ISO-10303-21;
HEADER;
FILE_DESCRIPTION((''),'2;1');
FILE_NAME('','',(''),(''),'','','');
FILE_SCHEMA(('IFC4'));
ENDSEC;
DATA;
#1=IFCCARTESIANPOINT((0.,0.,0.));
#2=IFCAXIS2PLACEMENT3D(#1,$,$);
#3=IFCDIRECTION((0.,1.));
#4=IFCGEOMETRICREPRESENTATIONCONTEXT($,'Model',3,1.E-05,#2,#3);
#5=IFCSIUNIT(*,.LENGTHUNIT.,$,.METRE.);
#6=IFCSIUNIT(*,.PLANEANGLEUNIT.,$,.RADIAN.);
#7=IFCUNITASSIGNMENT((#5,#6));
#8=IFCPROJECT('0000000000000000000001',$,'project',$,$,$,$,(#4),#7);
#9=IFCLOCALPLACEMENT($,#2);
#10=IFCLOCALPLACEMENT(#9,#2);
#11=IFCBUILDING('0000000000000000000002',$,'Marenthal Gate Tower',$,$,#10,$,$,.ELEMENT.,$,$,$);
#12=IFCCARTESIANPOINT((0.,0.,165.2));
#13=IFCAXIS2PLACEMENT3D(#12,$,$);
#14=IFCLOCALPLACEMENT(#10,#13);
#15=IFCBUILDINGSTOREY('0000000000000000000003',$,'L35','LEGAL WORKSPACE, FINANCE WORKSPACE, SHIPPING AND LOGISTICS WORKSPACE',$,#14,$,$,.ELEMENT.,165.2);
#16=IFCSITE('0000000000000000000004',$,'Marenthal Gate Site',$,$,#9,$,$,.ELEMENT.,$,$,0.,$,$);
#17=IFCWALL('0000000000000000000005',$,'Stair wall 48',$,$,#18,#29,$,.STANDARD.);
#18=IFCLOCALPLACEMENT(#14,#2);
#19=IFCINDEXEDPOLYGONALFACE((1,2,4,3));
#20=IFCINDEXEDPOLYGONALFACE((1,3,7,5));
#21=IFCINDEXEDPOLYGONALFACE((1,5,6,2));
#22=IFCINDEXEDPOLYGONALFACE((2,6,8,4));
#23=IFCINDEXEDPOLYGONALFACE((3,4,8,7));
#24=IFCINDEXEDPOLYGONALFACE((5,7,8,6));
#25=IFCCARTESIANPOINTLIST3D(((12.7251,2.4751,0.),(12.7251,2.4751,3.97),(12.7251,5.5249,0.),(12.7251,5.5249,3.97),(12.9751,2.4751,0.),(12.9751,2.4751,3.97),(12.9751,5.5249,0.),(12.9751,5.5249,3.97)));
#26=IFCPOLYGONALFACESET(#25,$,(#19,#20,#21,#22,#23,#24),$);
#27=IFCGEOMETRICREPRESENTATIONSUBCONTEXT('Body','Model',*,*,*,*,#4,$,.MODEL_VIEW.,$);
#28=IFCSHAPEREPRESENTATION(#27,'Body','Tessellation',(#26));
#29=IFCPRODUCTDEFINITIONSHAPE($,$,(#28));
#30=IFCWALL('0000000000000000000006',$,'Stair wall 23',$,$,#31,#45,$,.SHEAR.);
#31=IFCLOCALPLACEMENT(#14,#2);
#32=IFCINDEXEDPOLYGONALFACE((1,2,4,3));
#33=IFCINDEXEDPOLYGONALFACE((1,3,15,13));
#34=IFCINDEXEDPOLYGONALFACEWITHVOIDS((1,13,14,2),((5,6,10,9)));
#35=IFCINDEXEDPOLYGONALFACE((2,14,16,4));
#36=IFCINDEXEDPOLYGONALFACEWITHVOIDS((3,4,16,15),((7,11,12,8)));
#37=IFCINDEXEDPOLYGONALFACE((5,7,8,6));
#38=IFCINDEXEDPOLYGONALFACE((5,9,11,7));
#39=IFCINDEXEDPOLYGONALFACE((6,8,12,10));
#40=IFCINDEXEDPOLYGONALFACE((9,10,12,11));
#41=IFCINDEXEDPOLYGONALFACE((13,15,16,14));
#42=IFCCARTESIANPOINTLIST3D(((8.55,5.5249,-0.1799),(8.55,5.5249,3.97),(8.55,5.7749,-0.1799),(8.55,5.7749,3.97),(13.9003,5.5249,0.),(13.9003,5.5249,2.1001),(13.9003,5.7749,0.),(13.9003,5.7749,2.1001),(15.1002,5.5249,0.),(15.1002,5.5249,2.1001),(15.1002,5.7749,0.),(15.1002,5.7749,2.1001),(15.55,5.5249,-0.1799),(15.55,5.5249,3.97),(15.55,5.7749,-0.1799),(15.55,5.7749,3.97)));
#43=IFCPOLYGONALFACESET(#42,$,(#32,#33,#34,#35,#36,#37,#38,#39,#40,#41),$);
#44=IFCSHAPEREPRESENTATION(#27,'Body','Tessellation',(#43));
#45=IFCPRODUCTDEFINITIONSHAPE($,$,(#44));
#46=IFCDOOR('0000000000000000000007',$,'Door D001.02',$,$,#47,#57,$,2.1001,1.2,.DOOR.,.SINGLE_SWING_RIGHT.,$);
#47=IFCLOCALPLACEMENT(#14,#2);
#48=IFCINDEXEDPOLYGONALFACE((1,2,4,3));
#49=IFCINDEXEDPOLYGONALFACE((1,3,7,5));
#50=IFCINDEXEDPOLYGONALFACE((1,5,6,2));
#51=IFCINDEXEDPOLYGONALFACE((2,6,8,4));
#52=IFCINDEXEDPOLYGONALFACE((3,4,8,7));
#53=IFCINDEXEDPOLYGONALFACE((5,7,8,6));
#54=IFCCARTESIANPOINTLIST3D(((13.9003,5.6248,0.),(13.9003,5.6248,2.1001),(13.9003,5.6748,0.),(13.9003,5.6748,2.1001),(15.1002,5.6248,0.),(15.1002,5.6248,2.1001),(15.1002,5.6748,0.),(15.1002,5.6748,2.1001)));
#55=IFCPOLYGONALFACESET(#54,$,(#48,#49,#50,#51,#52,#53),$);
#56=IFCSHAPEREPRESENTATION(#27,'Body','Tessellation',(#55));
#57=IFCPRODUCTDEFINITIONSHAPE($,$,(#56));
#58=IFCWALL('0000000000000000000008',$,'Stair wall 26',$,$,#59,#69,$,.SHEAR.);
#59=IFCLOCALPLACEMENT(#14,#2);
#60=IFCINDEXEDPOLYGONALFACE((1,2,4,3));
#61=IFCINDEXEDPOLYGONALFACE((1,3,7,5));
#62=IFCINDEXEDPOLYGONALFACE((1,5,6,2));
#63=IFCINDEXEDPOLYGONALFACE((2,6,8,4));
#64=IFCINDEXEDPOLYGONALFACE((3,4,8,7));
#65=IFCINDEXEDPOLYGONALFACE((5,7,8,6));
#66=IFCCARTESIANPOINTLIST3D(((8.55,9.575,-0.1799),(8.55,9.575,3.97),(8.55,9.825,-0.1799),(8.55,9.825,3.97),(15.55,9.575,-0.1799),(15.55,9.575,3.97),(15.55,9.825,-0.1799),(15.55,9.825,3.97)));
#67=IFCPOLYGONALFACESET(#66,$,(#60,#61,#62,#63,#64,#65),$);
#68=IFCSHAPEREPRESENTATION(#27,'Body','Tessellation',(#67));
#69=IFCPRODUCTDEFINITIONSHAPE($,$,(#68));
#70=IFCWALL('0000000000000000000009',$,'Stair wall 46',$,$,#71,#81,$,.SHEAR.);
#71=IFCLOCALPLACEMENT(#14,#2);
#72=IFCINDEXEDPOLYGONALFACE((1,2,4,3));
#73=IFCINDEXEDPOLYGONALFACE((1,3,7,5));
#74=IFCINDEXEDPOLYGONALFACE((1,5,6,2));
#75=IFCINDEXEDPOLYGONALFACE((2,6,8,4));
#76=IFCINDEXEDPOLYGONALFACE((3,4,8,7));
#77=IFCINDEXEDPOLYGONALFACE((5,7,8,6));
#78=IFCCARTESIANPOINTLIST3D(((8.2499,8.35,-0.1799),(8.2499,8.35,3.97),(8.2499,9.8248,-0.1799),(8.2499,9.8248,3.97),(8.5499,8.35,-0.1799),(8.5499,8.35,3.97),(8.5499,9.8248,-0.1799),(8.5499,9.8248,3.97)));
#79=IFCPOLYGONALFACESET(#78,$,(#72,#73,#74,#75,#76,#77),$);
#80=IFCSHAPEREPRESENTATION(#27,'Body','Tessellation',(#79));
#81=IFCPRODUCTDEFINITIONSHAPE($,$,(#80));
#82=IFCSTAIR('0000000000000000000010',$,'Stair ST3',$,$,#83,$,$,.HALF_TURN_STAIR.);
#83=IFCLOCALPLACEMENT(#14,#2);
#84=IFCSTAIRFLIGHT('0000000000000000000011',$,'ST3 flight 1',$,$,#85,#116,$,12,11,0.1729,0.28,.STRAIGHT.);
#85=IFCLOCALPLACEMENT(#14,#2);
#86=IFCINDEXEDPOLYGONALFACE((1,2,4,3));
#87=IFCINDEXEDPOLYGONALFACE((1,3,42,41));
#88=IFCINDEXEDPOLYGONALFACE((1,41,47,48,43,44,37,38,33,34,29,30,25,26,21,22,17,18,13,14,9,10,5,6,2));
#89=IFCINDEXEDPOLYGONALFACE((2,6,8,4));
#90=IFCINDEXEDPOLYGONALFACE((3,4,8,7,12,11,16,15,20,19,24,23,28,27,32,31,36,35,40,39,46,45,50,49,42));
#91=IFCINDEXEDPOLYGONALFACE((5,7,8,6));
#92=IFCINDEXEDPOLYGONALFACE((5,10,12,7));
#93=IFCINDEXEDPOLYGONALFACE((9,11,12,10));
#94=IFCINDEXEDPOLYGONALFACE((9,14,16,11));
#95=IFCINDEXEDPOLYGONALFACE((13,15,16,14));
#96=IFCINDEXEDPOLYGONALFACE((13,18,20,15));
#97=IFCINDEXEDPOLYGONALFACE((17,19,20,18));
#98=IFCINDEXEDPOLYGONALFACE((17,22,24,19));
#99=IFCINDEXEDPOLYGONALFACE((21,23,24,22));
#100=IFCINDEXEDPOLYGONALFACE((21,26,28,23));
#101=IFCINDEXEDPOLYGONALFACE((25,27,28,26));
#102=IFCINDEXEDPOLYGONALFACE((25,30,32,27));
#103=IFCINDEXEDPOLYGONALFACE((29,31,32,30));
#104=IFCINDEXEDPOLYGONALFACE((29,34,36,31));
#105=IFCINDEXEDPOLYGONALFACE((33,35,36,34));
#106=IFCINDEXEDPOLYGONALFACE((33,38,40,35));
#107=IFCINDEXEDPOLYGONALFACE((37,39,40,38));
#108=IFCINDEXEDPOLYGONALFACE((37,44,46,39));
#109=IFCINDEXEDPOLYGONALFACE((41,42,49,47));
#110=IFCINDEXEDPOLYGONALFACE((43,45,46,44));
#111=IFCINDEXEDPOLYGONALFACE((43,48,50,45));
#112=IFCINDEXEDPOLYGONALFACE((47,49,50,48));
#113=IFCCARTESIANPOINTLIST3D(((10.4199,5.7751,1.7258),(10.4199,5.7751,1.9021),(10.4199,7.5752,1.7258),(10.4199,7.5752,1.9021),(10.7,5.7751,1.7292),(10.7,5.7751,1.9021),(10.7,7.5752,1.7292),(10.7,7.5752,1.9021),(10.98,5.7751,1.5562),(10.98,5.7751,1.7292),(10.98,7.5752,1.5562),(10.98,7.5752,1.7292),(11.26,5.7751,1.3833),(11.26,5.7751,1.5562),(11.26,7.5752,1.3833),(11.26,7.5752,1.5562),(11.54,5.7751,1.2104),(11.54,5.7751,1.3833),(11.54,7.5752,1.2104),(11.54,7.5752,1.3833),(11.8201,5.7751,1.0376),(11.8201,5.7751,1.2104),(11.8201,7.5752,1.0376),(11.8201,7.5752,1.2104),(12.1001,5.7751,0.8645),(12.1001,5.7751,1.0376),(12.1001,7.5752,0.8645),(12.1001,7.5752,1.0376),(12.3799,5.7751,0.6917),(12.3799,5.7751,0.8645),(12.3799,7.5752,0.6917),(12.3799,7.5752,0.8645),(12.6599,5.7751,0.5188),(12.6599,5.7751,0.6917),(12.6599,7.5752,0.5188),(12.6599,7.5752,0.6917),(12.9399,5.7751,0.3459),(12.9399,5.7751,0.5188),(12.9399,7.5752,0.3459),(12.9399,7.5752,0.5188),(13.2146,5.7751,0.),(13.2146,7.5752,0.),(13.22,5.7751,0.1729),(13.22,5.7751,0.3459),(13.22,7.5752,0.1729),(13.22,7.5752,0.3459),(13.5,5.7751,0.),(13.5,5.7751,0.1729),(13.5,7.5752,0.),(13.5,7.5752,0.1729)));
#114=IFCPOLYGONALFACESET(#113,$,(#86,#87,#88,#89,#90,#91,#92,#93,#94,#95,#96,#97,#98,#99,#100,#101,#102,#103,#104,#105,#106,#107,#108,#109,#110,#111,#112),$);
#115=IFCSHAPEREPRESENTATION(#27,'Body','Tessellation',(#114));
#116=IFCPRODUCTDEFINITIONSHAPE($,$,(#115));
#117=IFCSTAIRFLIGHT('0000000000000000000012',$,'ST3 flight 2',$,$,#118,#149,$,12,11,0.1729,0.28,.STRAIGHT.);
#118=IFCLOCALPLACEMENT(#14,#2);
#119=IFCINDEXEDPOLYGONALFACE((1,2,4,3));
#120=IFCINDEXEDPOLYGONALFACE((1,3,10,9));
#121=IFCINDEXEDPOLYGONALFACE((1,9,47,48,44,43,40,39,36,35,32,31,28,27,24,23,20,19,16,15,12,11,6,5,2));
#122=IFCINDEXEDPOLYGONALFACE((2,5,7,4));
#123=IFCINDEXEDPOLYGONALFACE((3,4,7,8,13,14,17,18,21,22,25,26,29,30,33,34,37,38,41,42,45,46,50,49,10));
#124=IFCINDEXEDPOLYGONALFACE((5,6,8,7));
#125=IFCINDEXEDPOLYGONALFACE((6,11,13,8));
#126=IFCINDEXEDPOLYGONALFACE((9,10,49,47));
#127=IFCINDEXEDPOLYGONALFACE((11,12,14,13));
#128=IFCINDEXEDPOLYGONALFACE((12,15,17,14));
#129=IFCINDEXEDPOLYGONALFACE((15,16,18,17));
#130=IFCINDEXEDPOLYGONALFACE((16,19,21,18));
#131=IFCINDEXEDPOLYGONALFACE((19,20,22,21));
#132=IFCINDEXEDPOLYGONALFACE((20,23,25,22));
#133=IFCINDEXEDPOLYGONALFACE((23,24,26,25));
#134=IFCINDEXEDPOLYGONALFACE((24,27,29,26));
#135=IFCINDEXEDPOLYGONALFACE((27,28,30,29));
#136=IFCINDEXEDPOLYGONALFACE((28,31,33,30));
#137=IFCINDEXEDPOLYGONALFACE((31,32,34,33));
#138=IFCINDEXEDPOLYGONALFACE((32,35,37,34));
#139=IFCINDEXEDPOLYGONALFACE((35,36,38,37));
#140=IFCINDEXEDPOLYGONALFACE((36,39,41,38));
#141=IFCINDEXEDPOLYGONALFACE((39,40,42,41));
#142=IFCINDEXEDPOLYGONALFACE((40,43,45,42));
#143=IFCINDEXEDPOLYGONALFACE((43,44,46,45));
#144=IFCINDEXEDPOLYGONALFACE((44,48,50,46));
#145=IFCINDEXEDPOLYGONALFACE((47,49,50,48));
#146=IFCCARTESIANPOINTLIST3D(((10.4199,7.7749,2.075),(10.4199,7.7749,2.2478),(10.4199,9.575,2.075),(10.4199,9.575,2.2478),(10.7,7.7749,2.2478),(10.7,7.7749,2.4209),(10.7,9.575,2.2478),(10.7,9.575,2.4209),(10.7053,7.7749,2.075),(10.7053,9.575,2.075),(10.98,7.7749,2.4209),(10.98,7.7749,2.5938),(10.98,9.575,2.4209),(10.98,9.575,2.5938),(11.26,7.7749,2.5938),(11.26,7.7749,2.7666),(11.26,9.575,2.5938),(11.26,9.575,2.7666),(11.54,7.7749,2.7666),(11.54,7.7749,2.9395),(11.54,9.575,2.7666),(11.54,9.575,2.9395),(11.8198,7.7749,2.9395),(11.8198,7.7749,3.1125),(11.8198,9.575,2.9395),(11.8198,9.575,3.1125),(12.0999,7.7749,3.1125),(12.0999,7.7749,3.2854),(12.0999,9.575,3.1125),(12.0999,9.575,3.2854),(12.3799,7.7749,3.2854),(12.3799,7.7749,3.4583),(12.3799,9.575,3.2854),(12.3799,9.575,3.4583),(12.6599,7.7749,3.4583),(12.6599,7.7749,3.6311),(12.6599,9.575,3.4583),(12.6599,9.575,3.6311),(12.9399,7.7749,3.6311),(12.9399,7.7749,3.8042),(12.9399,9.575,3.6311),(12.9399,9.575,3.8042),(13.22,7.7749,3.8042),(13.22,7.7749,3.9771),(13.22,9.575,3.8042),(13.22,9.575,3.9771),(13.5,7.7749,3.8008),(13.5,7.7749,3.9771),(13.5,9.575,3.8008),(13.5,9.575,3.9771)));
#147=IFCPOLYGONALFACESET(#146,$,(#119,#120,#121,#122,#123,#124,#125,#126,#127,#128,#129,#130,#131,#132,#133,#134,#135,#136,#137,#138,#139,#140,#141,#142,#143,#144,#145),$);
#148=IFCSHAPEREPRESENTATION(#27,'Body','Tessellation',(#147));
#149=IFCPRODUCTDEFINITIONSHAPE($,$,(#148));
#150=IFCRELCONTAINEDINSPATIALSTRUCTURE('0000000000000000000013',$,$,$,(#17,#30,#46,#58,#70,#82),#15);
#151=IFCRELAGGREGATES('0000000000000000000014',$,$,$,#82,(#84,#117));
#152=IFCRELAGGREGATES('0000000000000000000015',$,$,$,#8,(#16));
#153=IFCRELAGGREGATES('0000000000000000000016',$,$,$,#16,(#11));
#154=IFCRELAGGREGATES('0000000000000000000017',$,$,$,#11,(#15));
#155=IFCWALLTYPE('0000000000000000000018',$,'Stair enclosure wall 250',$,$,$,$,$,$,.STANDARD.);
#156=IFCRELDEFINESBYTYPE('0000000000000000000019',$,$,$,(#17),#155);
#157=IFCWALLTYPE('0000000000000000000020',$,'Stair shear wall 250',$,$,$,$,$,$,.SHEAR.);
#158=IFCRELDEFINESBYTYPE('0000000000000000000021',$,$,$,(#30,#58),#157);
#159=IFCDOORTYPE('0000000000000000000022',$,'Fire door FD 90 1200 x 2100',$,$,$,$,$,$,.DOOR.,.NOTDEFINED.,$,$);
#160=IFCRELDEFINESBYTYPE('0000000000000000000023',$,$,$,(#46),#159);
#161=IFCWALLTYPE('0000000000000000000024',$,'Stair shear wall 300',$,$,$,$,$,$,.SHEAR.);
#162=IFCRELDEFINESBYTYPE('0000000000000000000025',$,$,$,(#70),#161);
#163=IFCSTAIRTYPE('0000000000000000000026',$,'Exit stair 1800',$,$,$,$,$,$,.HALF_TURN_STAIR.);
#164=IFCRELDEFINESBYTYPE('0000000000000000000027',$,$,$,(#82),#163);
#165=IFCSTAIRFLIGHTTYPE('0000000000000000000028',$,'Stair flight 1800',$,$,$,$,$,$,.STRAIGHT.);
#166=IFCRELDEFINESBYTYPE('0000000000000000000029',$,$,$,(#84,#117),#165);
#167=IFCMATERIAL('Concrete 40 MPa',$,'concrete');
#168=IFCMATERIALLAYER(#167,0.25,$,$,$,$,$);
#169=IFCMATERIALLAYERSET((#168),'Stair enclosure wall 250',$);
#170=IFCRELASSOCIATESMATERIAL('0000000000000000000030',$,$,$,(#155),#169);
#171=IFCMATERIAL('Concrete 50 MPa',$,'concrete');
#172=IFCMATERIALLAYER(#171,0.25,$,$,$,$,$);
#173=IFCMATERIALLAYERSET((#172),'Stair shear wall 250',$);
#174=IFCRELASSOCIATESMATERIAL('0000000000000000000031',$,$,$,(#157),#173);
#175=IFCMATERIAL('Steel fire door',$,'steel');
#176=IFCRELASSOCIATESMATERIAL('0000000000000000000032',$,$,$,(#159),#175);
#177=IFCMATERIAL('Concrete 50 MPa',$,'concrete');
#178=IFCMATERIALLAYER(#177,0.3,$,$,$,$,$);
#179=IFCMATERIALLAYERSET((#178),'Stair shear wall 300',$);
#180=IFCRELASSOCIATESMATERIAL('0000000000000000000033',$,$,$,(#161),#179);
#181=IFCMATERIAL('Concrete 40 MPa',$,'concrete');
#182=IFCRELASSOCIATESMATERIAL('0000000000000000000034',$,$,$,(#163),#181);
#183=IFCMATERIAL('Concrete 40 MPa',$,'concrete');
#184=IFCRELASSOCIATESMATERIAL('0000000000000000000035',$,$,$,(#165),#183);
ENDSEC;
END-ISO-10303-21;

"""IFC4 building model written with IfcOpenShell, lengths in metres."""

from ifc_helpers import new_model, si_unit, direction, frame, frame_2d, origin, place, context, subcontext, project, spatial, polyline, rectangle, outline, extrude, material, layer, layer_set, type_object, element, fill, aggregate, save


model = new_model("IFC4")

# Units and contexts
model_context = context("Model", 3, precision=1e-05, world=origin(), true_north=direction((0.0, 1.0)))
body_context = subcontext(model_context, "Body", "Model", "MODEL_VIEW")
ifc_project = project(units=[si_unit("LENGTHUNIT", "METRE"), si_unit("PLANEANGLEUNIT", "RADIAN")], contexts=[model_context])

# Site, building, storey
site_placement = place(None, origin())
site = spatial("IfcSite", under=ifc_project, at=site_placement, Name="Marenthal Gate Site", CompositionType="ELEMENT", RefElevation=0.0)
building_placement = place(site_placement, origin())
building = spatial("IfcBuilding", under=site, at=building_placement, Name="Marenthal Gate Tower", CompositionType="ELEMENT")
storey_placement = place(building_placement, frame((0.0, 0.0, 165.2)))
storey = spatial("IfcBuildingStorey", under=building, at=storey_placement, Name="L35", Description="LEGAL WORKSPACE, FINANCE WORKSPACE, SHIPPING AND LOGISTICS WORKSPACE", CompositionType="ELEMENT", Elevation=165.2)

# Wall
ifc_material_1 = material(Name="Concrete 40 MPa", Category="concrete")
ifc_layer_1 = layer(ifc_material_1, 0.25)
ifc_layer_set_1 = layer_set([ifc_layer_1], Name="Stair enclosure wall 250")
wall_type_1 = type_object("IfcWallType", Name="Stair enclosure wall 250", PredefinedType="STANDARD", material=ifc_layer_set_1)
wall_1_placement = place(storey_placement, frame((12.8501, 2.4751, 0.0), z_axis=(0.0, 0.0, 1.0), x_axis=(0.0, 1.0, 0.0)))
element("IfcWall", 1, at=wall_1_placement, inside=storey, type_object=wall_type_1, Name="Stair wall 48", PredefinedType="STANDARD", context=body_context, shape_type="SweptSolid", body=[
    extrude(rectangle(XDim=3.0498, YDim=0.25, at=frame_2d((1.5249, 0.0))), origin(), (0.0, 0.0, 1.0), 3.97),
])

# Wall, opening, door
ifc_material_2 = material(Name="Concrete 50 MPa", Category="concrete")
ifc_layer_2 = layer(ifc_material_2, 0.25)
ifc_layer_set_2 = layer_set([ifc_layer_2], Name="Stair shear wall 250")
wall_type_2 = type_object("IfcWallType", Name="Stair shear wall 250", PredefinedType="SHEAR", material=ifc_layer_set_2)
wall_2_placement = place(storey_placement, frame((8.55, 5.6499, -0.1799), z_axis=(0.0, 0.0, 1.0), x_axis=(1.0, 0.0, 0.0)))
wall_2 = element("IfcWall", 2, at=wall_2_placement, inside=storey, type_object=wall_type_2, Name="Stair wall 23", PredefinedType="SHEAR", context=body_context, shape_type="SweptSolid", body=[
    extrude(rectangle(XDim=7.0, YDim=0.25, at=frame_2d((3.5, 0.0))), origin(), (0.0, 0.0, 1.0), 4.1499),
])
opening_1_placement = place(wall_2_placement, frame((5.3501, 0.0, 0.1799)))
opening_1 = element("IfcOpeningElement", 3, at=opening_1_placement, cuts=wall_2, PredefinedType="OPENING", context=body_context, shape_type="SweptSolid", body=[
    extrude(rectangle(XDim=1.2, YDim=2.1001, at=frame_2d((0.6001, 1.05))), frame((0.0, 0.135, 0.0), z_axis=(0.0, -1.0, 0.0), x_axis=(1.0, 0.0, 0.0)), (0.0, 0.0, 1.0), 0.27),
])
ifc_material_3 = material(Name="Steel fire door", Category="steel")
door_type_1 = type_object("IfcDoorType", Name="Fire door FD 90 1200 x 2100", OperationType="NOTDEFINED", PredefinedType="DOOR", material=ifc_material_3)
door_1_placement = place(opening_1_placement, origin())
door_1 = element("IfcDoor", 4, at=door_1_placement, inside=storey, type_object=door_type_1, Name="Door D001.02", OperationType="SINGLE_SWING_RIGHT", OverallHeight=2.1001, OverallWidth=1.2, PredefinedType="DOOR", context=body_context, shape_type="SweptSolid", body=[
    extrude(rectangle(XDim=1.2, YDim=2.1001, at=frame_2d((0.6001, 1.05))), frame((0.0, 0.0249, 0.0), z_axis=(0.0, -1.0, 0.0), x_axis=(1.0, 0.0, 0.0)), (0.0, 0.0, 1.0), 0.05),
])
fill(opening_1, door_1)

# Walls
wall_3_placement = place(storey_placement, frame((8.55, 9.7, -0.1799), z_axis=(0.0, 0.0, 1.0), x_axis=(1.0, 0.0, 0.0)))
element("IfcWall", 5, at=wall_3_placement, inside=storey, type_object=wall_type_2, Name="Stair wall 26", PredefinedType="SHEAR", context=body_context, shape_type="SweptSolid", body=[
    extrude(rectangle(XDim=7.0, YDim=0.25, at=frame_2d((3.5, 0.0))), origin(), (0.0, 0.0, 1.0), 4.1499),
])
ifc_material_4 = material(Name="Concrete 50 MPa", Category="concrete")
ifc_layer_3 = layer(ifc_material_4, 0.3)
ifc_layer_set_3 = layer_set([ifc_layer_3], Name="Stair shear wall 300")
wall_type_3 = type_object("IfcWallType", Name="Stair shear wall 300", PredefinedType="SHEAR", material=ifc_layer_set_3)
wall_4_placement = place(storey_placement, frame((8.3999, 8.3501, -0.1799), z_axis=(0.0, 0.0, 1.0), x_axis=(0.0, 1.0, 0.0)))
element("IfcWall", 6, at=wall_4_placement, inside=storey, type_object=wall_type_3, Name="Stair wall 46", PredefinedType="SHEAR", context=body_context, shape_type="SweptSolid", body=[
    extrude(rectangle(XDim=1.4749, YDim=0.3, at=frame_2d((0.7373, 0.0))), origin(), (0.0, 0.0, 1.0), 4.1499),
])

# Stair, stair flights
ifc_material_5 = material(Name="Concrete 40 MPa", Category="concrete")
stair_type = type_object("IfcStairType", Name="Exit stair 1800", PredefinedType="HALF_TURN_STAIR", material=ifc_material_5)
stair_placement = place(storey_placement, origin())
stair = element("IfcStair", 7, at=stair_placement, inside=storey, type_object=stair_type, Name="Stair ST3", PredefinedType="HALF_TURN_STAIR")
ifc_material_6 = material(Name="Concrete 40 MPa", Category="concrete")
stair_flight_type = type_object("IfcStairFlightType", Name="Stair flight 1800", PredefinedType="STRAIGHT", material=ifc_material_6)
stair_flight_1_placement = place(storey_placement, frame((13.5, 6.675, 0.0), z_axis=(0.0, 0.0, 1.0), x_axis=(-1.0, 0.0, 0.0)))
stair_flight_1 = element("IfcStairFlight", 8, at=stair_flight_1_placement, type_object=stair_flight_type, Name="ST3 flight 1", NumberOfRisers=12, NumberOfTreads=11, PredefinedType="STRAIGHT", RiserHeight=0.1729, TreadLength=0.28, context=body_context, shape_type="SweptSolid", body=[
    extrude(outline(polyline([(0.0, 0.0), (0.0, 0.1729), (0.28, 0.1729), (0.28, 0.3459), (0.5601, 0.3459), (0.5601, 0.5188), (0.8401, 0.5188), (0.8401, 0.6917), (1.1201, 0.6917), (1.1201, 0.8645), (1.3999, 0.8645), (1.3999, 1.0376), (1.6799, 1.0376), (1.6799, 1.2104), (1.96, 1.2104), (1.96, 1.3833), (2.24, 1.3833), (2.24, 1.5562), (2.52, 1.5562), (2.52, 1.7292), (2.8, 1.7292), (2.8, 1.9021), (3.0801, 1.9021), (3.0801, 2.075), (3.0801, 1.7258), (0.2854, 0.0), (0.0, 0.0)])), frame((0.0, 0.8999, 0.0), z_axis=(0.0, -1.0, 0.0), x_axis=(1.0, 0.0, 0.0)), (0.0, 0.0, 1.0), 1.8),
])
stair_flight_2_placement = place(storey_placement, frame((10.4199, 8.675, 2.075), z_axis=(0.0, 0.0, 1.0), x_axis=(1.0, 0.0, 0.0)))
stair_flight_2 = element("IfcStairFlight", 9, at=stair_flight_2_placement, type_object=stair_flight_type, Name="ST3 flight 2", NumberOfRisers=12, NumberOfTreads=11, PredefinedType="STRAIGHT", RiserHeight=0.1729, TreadLength=0.28, context=body_context, shape_type="SweptSolid", body=[
    extrude(outline(polyline([(0.0, 0.0), (0.0, 0.1729), (0.28, 0.1729), (0.28, 0.3459), (0.5601, 0.3459), (0.5601, 0.5188), (0.8401, 0.5188), (0.8401, 0.6917), (1.1201, 0.6917), (1.1201, 0.8645), (1.3999, 0.8645), (1.3999, 1.0376), (1.6799, 1.0376), (1.6799, 1.2104), (1.96, 1.2104), (1.96, 1.3833), (2.24, 1.3833), (2.24, 1.5562), (2.52, 1.5562), (2.52, 1.7292), (2.8, 1.7292), (2.8, 1.9021), (3.0801, 1.9021), (3.0801, 2.075), (3.0801, 1.7258), (0.2854, 0.0), (0.0, 0.0)])), frame((0.0, 0.8999, 0.0), z_axis=(0.0, -1.0, 0.0), x_axis=(1.0, 0.0, 0.0)), (0.0, 0.0, 1.0), 1.8),
])
aggregate(stair, [stair_flight_1, stair_flight_2])

save(model, "model.ifc")
